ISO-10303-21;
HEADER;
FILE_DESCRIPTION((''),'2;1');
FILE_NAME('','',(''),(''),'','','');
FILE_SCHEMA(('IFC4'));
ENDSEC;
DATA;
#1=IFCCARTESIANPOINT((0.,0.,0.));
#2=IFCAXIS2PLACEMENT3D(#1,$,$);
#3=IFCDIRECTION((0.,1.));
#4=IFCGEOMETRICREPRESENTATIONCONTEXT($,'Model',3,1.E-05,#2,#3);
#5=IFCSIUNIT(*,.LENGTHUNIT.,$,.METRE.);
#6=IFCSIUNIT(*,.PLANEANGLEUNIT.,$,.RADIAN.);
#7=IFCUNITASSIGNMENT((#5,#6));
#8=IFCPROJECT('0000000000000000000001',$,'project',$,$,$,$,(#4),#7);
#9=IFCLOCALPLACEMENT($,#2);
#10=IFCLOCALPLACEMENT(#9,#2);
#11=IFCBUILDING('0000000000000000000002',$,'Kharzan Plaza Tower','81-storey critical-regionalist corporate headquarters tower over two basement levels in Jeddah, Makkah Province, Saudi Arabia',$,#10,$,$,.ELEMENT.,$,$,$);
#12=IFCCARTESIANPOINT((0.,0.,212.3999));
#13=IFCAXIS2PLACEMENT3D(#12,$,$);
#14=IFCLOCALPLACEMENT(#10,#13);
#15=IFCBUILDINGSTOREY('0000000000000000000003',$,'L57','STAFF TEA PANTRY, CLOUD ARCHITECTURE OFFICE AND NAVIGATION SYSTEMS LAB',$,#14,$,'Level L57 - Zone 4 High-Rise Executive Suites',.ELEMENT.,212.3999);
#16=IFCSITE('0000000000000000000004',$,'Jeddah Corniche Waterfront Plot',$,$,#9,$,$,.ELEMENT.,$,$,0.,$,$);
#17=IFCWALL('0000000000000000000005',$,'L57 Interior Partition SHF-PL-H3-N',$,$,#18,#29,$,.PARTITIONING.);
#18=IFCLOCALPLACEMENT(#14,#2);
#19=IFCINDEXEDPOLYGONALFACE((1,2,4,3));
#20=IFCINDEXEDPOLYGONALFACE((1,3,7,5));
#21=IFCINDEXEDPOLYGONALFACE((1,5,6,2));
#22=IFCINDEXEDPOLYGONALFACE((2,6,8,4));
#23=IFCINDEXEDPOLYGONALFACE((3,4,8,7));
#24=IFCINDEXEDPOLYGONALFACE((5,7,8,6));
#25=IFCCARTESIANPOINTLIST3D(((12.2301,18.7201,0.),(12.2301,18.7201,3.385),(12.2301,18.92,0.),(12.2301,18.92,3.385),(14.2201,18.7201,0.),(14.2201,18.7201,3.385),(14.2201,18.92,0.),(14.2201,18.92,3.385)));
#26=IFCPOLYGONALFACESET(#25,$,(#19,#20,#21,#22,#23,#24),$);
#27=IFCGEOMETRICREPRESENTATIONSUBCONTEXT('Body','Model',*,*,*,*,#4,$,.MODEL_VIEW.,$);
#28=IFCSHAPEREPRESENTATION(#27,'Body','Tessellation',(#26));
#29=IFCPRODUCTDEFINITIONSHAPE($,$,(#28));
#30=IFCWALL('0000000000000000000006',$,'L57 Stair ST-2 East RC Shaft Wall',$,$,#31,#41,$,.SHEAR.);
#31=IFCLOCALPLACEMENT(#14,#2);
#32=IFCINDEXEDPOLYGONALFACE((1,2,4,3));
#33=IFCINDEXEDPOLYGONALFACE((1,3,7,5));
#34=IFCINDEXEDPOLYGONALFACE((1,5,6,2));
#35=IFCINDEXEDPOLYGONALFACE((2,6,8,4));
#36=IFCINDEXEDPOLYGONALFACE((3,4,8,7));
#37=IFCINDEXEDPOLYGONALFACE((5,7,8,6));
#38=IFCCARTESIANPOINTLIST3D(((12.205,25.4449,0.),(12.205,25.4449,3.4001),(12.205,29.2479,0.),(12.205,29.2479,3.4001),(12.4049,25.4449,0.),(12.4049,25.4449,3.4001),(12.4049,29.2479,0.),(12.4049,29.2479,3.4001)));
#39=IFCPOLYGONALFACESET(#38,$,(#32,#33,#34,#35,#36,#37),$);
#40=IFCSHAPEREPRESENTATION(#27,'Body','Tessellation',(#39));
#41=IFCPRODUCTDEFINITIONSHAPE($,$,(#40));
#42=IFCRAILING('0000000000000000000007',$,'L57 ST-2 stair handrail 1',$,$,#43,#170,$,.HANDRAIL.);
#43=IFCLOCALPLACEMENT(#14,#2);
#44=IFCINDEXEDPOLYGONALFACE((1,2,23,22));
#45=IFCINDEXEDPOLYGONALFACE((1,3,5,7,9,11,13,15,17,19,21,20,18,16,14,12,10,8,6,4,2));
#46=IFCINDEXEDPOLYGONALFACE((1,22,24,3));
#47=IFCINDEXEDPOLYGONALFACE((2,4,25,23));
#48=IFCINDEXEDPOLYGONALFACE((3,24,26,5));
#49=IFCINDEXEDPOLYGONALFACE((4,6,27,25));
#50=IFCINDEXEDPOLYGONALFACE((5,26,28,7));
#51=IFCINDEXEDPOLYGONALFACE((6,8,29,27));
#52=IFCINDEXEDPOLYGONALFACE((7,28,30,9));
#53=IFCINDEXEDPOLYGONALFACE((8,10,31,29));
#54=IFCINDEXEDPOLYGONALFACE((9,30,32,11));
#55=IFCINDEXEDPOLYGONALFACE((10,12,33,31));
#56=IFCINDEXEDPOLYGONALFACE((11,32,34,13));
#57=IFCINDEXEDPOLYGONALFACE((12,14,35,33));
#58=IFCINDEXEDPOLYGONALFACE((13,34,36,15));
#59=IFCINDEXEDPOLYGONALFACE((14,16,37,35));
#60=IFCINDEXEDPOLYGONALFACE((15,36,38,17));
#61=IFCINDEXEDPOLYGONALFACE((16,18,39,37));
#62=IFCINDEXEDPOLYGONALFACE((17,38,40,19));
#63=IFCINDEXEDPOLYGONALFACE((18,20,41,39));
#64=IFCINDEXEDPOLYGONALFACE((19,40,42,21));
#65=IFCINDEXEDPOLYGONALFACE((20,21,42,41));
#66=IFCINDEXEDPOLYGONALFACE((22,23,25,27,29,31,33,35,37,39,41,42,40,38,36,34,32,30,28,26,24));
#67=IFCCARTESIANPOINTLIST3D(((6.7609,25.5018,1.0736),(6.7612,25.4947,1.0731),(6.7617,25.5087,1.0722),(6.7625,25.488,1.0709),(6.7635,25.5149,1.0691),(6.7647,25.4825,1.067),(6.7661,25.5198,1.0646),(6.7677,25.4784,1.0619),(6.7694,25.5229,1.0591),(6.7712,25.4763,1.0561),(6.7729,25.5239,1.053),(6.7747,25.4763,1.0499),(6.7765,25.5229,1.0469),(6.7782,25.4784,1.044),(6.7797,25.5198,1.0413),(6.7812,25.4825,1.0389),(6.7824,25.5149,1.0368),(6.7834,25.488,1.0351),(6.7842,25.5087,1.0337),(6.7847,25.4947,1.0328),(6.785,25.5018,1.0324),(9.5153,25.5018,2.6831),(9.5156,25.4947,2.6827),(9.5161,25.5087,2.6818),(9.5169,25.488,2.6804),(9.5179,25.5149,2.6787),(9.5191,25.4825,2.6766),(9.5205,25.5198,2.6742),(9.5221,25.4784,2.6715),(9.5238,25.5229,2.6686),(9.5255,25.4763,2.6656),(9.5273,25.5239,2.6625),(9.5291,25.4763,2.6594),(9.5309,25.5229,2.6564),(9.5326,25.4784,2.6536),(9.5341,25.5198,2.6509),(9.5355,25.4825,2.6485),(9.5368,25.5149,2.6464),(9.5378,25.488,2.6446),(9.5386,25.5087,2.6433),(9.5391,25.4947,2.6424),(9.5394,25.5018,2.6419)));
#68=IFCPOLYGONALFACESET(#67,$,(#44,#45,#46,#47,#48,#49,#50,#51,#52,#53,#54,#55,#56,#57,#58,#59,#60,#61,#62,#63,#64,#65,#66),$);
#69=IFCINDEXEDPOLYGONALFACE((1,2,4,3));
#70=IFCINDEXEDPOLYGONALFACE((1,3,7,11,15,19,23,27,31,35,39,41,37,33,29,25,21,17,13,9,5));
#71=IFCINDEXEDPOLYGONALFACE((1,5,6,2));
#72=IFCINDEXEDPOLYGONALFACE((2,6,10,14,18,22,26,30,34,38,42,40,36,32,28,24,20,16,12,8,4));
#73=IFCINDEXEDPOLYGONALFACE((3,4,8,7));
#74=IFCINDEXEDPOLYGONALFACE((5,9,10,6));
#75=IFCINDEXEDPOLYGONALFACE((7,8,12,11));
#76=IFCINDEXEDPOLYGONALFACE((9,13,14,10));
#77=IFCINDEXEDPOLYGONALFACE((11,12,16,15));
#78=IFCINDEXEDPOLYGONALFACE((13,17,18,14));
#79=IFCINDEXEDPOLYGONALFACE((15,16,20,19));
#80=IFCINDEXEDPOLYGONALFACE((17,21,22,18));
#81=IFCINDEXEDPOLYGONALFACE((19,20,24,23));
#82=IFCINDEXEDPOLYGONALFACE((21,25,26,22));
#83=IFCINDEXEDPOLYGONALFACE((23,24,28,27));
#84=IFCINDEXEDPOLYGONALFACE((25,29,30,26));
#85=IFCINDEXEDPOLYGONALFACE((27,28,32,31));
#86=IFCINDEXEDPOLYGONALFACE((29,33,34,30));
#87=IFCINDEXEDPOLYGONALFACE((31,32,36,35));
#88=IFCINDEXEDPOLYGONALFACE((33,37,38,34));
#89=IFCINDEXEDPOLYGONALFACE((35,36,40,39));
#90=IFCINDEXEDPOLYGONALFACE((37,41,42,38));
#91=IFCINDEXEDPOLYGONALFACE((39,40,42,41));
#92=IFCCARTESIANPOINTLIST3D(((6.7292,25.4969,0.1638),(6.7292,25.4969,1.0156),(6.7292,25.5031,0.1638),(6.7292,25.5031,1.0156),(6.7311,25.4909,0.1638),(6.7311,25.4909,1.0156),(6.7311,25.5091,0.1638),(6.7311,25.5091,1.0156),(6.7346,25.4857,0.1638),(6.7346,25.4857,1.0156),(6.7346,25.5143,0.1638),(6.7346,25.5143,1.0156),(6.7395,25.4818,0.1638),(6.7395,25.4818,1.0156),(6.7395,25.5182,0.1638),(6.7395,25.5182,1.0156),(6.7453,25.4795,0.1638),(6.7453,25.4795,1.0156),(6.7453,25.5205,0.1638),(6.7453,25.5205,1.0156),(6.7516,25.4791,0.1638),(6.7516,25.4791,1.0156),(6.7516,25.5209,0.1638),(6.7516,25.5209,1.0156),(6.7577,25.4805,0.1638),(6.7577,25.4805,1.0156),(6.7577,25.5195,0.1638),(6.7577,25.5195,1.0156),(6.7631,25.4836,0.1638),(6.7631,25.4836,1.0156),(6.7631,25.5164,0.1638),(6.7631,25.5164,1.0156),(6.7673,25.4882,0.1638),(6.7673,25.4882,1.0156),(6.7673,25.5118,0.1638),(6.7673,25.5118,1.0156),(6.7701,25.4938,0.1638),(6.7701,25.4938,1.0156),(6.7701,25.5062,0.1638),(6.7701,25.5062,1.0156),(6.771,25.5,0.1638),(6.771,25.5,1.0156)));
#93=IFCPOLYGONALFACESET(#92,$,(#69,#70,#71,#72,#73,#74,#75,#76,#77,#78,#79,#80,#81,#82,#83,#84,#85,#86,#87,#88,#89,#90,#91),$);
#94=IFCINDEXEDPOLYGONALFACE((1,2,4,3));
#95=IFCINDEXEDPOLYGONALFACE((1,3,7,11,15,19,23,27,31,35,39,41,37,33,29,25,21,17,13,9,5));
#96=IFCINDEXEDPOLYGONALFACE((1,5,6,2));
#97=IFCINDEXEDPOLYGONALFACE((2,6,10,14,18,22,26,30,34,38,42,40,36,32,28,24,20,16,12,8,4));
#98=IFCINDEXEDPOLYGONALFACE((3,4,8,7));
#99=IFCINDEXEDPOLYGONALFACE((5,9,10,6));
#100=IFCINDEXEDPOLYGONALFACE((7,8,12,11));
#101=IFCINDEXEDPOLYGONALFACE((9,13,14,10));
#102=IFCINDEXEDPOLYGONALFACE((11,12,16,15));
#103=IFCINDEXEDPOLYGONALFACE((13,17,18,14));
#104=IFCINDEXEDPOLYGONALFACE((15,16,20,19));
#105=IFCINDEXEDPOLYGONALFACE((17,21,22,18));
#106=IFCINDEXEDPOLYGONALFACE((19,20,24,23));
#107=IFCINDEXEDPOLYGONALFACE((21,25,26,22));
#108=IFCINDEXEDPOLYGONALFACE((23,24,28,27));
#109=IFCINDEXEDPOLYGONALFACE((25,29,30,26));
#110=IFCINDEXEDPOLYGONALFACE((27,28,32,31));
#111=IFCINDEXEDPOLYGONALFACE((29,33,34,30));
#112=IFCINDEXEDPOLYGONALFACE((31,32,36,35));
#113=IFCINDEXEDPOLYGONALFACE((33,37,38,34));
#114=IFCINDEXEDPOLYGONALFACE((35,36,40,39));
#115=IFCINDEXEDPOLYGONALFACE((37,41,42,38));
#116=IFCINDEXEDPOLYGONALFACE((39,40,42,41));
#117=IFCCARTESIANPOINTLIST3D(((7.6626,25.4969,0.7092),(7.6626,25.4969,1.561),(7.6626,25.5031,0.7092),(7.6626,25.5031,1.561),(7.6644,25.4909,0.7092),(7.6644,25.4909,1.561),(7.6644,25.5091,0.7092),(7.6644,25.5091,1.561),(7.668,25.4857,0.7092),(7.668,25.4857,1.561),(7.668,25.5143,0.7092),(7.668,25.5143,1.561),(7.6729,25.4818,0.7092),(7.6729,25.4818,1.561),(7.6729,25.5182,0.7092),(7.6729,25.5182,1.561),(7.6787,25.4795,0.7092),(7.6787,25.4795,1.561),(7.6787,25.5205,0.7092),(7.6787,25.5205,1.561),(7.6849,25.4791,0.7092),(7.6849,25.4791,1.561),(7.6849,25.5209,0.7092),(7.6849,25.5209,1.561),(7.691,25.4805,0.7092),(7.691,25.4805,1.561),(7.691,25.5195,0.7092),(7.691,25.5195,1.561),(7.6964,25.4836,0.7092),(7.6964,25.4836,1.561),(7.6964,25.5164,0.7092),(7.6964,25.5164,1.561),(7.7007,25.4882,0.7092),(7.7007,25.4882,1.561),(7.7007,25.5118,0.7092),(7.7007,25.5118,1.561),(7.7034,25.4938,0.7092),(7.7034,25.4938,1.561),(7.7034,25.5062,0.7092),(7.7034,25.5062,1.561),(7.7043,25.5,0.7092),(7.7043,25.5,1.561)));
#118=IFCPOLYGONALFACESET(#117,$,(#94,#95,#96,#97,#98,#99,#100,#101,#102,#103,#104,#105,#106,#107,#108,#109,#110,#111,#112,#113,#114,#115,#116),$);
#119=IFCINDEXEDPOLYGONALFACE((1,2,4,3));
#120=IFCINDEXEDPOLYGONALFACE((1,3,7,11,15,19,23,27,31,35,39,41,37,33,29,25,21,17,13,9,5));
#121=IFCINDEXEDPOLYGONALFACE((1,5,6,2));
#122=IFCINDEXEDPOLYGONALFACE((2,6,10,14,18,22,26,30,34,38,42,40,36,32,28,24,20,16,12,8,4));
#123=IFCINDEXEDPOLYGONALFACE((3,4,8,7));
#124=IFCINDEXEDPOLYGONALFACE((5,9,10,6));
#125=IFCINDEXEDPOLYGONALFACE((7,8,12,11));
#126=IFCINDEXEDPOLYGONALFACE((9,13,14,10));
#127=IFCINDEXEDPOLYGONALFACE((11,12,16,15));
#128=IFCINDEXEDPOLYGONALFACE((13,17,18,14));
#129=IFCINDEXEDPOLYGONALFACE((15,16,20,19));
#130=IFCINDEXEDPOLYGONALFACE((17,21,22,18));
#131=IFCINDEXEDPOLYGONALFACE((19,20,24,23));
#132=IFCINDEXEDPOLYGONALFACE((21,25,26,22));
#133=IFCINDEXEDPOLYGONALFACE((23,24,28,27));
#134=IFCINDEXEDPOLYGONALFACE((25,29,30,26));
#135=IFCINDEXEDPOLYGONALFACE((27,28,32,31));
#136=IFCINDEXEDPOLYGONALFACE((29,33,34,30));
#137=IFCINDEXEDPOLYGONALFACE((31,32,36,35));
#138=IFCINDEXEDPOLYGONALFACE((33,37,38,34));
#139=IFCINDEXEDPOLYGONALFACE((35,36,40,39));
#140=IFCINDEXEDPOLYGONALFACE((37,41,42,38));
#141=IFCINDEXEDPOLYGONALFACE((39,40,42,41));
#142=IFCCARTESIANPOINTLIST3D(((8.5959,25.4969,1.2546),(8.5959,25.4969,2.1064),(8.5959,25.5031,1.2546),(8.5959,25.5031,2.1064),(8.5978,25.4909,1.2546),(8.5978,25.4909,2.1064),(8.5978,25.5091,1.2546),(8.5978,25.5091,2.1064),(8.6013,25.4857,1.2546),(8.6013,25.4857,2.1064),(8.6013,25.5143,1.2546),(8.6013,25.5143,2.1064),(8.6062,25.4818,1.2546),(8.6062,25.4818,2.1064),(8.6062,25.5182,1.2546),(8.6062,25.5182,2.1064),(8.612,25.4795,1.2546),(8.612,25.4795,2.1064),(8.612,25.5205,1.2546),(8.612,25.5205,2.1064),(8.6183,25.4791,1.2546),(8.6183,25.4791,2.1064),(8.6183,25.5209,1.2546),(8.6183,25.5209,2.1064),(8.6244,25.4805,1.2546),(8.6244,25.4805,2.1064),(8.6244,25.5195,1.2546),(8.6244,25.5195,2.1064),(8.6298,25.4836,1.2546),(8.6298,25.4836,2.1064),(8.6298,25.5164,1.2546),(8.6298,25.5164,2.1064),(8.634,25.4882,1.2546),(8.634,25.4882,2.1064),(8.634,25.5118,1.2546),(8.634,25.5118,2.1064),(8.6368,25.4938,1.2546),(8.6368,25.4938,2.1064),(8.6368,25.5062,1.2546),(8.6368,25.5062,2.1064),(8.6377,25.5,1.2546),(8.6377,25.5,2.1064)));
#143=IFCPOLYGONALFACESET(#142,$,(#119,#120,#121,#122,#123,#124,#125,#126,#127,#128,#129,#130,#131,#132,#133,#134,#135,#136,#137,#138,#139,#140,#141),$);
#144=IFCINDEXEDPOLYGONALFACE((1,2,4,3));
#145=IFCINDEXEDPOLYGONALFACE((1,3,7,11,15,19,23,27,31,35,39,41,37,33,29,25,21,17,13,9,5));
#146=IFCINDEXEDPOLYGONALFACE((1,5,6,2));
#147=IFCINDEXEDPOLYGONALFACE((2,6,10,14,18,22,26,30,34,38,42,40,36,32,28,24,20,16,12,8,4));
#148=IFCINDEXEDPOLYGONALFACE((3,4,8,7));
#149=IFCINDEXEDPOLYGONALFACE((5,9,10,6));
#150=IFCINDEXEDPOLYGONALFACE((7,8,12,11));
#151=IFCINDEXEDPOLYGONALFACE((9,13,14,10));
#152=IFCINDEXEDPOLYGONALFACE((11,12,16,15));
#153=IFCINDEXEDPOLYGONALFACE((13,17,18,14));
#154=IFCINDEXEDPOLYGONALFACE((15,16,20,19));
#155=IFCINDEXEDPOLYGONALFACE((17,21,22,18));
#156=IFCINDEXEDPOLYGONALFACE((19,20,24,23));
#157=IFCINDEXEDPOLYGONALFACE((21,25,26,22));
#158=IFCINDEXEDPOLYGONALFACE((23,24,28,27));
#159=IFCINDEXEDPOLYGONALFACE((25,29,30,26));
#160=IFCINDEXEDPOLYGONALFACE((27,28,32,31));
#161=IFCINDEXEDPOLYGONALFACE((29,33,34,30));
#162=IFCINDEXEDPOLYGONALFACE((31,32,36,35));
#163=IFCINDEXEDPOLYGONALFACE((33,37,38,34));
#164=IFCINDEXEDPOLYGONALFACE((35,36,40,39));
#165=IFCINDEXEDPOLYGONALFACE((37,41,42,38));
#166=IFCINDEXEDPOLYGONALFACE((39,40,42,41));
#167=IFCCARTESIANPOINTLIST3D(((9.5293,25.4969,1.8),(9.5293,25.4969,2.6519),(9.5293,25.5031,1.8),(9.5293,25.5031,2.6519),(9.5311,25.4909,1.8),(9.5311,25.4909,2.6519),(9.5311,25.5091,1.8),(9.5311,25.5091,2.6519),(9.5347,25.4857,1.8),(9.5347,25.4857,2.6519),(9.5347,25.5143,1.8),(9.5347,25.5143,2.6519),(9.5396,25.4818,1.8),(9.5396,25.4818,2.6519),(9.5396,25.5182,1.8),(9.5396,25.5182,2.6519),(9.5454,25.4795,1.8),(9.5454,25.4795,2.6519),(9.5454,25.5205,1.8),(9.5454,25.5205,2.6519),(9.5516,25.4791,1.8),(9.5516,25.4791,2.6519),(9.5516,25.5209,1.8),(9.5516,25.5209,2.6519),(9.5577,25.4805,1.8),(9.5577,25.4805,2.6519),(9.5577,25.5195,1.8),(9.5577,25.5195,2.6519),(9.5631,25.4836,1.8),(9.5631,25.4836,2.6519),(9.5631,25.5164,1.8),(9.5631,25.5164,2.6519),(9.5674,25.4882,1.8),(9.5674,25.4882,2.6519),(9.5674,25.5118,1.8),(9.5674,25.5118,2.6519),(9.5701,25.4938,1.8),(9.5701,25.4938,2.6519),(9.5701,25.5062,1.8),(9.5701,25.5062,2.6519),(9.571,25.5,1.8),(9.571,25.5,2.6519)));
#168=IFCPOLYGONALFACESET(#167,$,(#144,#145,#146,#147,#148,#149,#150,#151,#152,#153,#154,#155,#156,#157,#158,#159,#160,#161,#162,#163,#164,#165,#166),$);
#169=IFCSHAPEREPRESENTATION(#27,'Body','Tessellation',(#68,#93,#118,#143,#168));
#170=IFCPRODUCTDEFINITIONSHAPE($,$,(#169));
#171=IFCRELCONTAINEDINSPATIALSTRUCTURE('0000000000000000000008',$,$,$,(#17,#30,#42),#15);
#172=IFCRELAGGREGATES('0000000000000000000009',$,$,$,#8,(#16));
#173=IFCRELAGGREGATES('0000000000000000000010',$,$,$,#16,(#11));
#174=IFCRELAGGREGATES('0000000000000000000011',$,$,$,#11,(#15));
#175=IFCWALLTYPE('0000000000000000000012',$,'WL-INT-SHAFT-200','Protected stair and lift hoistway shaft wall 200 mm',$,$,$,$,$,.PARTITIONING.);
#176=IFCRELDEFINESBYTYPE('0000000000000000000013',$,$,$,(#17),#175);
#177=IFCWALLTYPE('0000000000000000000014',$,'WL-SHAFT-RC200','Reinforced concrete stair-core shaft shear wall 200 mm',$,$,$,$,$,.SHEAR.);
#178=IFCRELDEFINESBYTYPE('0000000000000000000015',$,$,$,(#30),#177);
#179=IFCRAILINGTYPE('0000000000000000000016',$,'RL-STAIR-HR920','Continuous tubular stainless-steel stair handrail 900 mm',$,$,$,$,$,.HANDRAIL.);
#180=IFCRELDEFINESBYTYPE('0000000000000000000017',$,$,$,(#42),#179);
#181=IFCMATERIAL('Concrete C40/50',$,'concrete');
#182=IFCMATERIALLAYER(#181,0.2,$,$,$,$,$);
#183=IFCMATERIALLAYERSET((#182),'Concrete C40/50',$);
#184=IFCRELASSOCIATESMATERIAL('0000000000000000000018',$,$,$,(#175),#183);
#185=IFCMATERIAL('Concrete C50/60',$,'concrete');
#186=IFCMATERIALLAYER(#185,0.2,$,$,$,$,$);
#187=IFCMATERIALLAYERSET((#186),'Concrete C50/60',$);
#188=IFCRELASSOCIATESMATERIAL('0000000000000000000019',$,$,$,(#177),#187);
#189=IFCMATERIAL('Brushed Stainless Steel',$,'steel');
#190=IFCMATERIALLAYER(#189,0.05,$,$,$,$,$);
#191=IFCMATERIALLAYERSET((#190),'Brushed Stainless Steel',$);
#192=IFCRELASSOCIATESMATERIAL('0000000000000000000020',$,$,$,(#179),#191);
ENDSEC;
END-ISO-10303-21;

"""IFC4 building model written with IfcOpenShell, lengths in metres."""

from ifc_helpers import new_model, si_unit, direction, frame, frame_2d, origin, origin_2d, place, context, subcontext, project, spatial, rectangle, circle, extrude, source, transform, mapped, material, layer, layer_set, type_object, element, save


model = new_model("IFC4")

# Units and contexts
model_context = context("Model", 3, precision=1e-05, world=origin(), true_north=direction((0.0, 1.0)))
body_context = subcontext(model_context, "Body", "Model", "MODEL_VIEW")
ifc_project = project(units=[si_unit("LENGTHUNIT", "METRE"), si_unit("PLANEANGLEUNIT", "RADIAN")], contexts=[model_context])

# Site, building, storey
site_placement = place(None, origin())
site = spatial("IfcSite", under=ifc_project, at=site_placement, Name="Jeddah Corniche Waterfront Plot", CompositionType="ELEMENT", RefElevation=0.0)
building_placement = place(site_placement, origin())
building = spatial("IfcBuilding", under=site, at=building_placement, Name="Kharzan Plaza Tower", Description="81-storey critical-regionalist corporate headquarters tower over two basement levels in Jeddah, Makkah Province, Saudi Arabia", CompositionType="ELEMENT")
storey_placement = place(building_placement, frame((0.0, 0.0, 212.3999)))
storey = spatial("IfcBuildingStorey", under=building, at=storey_placement, Name="L57", Description="STAFF TEA PANTRY, CLOUD ARCHITECTURE OFFICE AND NAVIGATION SYSTEMS LAB", LongName="Level L57 - Zone 4 High-Rise Executive Suites", CompositionType="ELEMENT", Elevation=212.3999)

# Shared definitions
ifc_material_1 = material(Name="Concrete C40/50", Category="concrete")
ifc_layer_1 = layer(ifc_material_1, 0.2)
ifc_layer_set_1 = layer_set([ifc_layer_1], Name="Concrete C40/50")
wall_type_1 = type_object("IfcWallType", Name="WL-INT-SHAFT-200", Description="Protected stair and lift hoistway shaft wall 200 mm", PredefinedType="PARTITIONING", material=ifc_layer_set_1)
ifc_material_2 = material(Name="Brushed Stainless Steel", Category="steel")
ifc_material_3 = material(Name="Concrete C50/60", Category="concrete")
ifc_layer_2 = layer(ifc_material_3, 0.2)
ifc_layer_set_2 = layer_set([ifc_layer_2], Name="Concrete C50/60")
wall_type_2 = type_object("IfcWallType", Name="WL-SHAFT-RC200", Description="Reinforced concrete stair-core shaft shear wall 200 mm", PredefinedType="SHEAR", material=ifc_layer_set_2)

# Walls
shared_shape_1 = source(origin(), body_context, "Body", "SweptSolid", [
    extrude(rectangle(XDim=1.99, YDim=0.2, at=frame_2d((0.9951, 0.0))), origin(), (0.0, 0.0, 1.0), 3.385),
])
wall_1_placement = place(storey_placement, frame((12.23, 18.8201, 0.0), z_axis=(0.0, 0.0, 1.0), x_axis=(1.0, 0.0, 0.0)))
element("IfcWall", 1, at=wall_1_placement, inside=storey, type_object=wall_type_1, Name="L57 Interior Partition SHF-PL-H3-N", PredefinedType="PARTITIONING", context=body_context, shape_type="MappedRepresentation", body=[
    mapped(shared_shape_1, transform((0.0, 0.0, 0.0), x_axis=(1.0, 0.0, 0.0), y_axis=(0.0, 1.0, 0.0), z_axis=(0.0, 0.0, 1.0))),
])
shared_shape_2 = source(origin(), body_context, "Body", "SweptSolid", [
    extrude(rectangle(XDim=3.803, YDim=0.2, at=frame_2d((1.9014, 0.0))), origin(), (0.0, 0.0, 1.0), 3.4001),
])
wall_2_placement = place(storey_placement, frame((12.3049, 25.4451, 0.0), z_axis=(0.0, 0.0, 1.0), x_axis=(0.0, 1.0, 0.0)))
element("IfcWall", 2, at=wall_2_placement, inside=storey, type_object=wall_type_2, Name="L57 Stair ST-2 East RC Shaft Wall", PredefinedType="SHEAR", context=body_context, shape_type="MappedRepresentation", body=[
    mapped(shared_shape_2, transform((0.0, 0.0, 0.0), x_axis=(1.0, 0.0, 0.0), y_axis=(0.0, 1.0, 0.0), z_axis=(0.0, 0.0, 1.0))),
])

# Railing
ifc_layer_3 = layer(ifc_material_2, 0.05)
ifc_layer_set_3 = layer_set([ifc_layer_3], Name="Brushed Stainless Steel")
railing_type = type_object("IfcRailingType", Name="RL-STAIR-HR920", Description="Continuous tubular stainless-steel stair handrail 900 mm", PredefinedType="HANDRAIL", material=ifc_layer_set_3)
shared_shape_3 = source(origin(), body_context, "Body", "SweptSolid", [
    extrude(circle(Radius=0.0239, at=origin_2d()), frame((0.0229, 0.0, 0.8892), z_axis=(0.863394, 0.0, 0.504531), x_axis=(0.0, 1.0, 0.0)), (0.0, 0.0, 1.0), 3.1902),
    extrude(circle(Radius=0.021, at=origin_2d()), origin(), (0.0, 0.0, 1.0), 0.8518),
    extrude(circle(Radius=0.021, at=origin_2d()), frame((0.9333, 0.0, 0.5454)), (0.0, 0.0, 1.0), 0.8518),
    extrude(circle(Radius=0.021, at=origin_2d()), frame((1.8667, 0.0, 1.0908)), (0.0, 0.0, 1.0), 0.8518),
    extrude(circle(Radius=0.021, at=origin_2d()), frame((2.8, 0.0, 1.6362)), (0.0, 0.0, 1.0), 0.8518),
])
railing_placement = place(storey_placement, frame((6.75, 25.5, 0.1638)))
element("IfcRailing", 3, at=railing_placement, inside=storey, type_object=railing_type, Name="L57 ST-2 stair handrail 1", PredefinedType="HANDRAIL", context=body_context, shape_type="MappedRepresentation", body=[
    mapped(shared_shape_3, transform((0.0, 0.0, 0.0), x_axis=(1.0, 0.0, 0.0), y_axis=(0.0, 1.0, 0.0), z_axis=(0.0, 0.0, 1.0))),
])

save(model, "model.ifc")
